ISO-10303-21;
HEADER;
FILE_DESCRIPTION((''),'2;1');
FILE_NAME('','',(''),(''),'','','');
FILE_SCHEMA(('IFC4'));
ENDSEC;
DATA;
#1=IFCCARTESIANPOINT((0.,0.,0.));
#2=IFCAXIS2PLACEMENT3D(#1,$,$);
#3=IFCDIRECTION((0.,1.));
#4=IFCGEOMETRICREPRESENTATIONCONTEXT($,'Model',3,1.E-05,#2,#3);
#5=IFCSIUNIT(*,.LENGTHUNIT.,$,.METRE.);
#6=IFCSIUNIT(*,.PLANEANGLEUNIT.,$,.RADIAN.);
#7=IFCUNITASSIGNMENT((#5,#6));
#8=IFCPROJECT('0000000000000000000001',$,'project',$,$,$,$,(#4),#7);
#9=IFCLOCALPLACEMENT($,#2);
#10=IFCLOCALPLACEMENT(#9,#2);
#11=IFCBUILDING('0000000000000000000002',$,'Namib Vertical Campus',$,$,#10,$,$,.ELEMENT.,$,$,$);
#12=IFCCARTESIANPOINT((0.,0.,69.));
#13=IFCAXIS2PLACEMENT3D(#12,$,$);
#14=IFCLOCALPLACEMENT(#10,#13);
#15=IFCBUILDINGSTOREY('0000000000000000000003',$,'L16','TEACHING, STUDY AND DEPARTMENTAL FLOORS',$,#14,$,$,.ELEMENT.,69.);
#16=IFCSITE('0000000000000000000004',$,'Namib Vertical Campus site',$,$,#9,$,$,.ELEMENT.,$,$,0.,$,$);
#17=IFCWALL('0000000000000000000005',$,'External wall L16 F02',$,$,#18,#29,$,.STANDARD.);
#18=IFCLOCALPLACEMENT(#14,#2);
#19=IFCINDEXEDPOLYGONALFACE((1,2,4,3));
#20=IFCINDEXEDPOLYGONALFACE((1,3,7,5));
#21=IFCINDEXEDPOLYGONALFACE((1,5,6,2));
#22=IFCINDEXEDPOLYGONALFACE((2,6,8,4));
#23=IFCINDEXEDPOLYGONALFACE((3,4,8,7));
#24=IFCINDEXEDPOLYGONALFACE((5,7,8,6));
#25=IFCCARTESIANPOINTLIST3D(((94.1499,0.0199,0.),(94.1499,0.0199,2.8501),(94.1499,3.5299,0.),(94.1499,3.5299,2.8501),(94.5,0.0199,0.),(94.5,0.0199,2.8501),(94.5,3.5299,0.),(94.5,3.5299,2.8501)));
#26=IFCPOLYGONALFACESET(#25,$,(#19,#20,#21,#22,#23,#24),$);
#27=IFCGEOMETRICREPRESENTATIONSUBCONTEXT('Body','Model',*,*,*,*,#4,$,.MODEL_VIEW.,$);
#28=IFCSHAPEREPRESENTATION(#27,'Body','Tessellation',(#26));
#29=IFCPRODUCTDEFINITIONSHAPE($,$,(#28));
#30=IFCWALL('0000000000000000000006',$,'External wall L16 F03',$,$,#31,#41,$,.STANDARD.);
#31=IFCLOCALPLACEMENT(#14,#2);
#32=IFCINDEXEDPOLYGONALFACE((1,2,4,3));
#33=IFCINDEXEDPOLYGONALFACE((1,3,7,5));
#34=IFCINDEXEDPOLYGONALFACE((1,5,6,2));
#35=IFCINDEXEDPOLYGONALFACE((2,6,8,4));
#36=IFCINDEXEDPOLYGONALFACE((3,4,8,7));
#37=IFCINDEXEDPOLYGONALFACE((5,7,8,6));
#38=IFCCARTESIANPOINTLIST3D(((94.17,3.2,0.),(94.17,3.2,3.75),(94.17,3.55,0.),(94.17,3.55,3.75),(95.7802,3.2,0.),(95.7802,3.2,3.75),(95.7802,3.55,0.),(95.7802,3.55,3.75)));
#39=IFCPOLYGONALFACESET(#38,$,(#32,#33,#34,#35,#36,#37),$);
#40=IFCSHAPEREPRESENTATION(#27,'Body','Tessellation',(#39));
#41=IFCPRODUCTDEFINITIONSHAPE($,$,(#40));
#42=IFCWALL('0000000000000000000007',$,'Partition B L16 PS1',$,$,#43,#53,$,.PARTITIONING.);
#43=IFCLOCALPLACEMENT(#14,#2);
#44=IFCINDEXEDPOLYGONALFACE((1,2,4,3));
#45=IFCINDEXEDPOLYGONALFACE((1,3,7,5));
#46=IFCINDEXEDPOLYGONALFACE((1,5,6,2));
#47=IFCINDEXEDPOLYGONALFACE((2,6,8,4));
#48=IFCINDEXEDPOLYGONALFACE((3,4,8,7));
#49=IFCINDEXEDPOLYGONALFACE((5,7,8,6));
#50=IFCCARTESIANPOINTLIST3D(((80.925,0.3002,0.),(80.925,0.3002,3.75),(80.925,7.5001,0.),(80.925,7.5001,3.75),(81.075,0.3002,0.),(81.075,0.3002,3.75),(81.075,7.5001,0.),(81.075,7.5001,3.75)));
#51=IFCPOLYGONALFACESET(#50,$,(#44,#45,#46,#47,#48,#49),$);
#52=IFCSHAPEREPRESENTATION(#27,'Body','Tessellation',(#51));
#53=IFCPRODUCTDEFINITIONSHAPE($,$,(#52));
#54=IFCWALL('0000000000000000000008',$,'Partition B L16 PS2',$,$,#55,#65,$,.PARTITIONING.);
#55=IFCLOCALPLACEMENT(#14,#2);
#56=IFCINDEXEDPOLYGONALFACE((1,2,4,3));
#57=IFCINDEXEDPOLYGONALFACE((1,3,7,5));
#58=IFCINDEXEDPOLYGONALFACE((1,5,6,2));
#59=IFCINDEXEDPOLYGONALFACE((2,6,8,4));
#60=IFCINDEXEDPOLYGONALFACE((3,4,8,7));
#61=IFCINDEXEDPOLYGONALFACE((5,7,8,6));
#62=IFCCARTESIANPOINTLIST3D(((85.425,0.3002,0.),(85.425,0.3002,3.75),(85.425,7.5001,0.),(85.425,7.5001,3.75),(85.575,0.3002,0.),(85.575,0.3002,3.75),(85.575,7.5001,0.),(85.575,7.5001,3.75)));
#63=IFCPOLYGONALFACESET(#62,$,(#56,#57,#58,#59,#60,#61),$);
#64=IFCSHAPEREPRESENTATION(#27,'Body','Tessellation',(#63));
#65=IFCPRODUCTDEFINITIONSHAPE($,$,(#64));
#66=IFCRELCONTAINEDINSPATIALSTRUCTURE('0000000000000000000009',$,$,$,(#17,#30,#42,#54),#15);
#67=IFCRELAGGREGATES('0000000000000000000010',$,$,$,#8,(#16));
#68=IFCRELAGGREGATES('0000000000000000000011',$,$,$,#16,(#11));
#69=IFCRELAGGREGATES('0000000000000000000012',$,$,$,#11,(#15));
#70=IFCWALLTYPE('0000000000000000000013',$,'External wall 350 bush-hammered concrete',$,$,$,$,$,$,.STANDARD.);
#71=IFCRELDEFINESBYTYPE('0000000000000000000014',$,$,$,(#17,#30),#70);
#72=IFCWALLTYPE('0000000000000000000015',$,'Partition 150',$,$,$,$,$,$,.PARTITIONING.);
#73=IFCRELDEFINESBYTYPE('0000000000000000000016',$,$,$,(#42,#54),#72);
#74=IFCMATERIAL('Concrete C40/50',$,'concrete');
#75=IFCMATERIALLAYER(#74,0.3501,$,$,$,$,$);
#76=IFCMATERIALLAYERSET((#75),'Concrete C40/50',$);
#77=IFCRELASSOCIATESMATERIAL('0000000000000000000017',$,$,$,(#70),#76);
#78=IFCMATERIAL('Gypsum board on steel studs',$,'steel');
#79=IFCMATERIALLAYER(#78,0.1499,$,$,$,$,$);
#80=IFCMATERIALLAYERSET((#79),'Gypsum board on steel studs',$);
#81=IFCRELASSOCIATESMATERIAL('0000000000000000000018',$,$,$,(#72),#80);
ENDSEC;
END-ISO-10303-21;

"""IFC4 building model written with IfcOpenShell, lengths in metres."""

from ifc_helpers import new_model, si_unit, direction, frame, frame_2d, origin, place, context, subcontext, project, spatial, rectangle, extrude, material, layer, layer_set, type_object, element, save


model = new_model("IFC4")

# Units and contexts
model_context = context("Model", 3, precision=1e-05, world=origin(), true_north=direction((0.0, 1.0)))
body_context = subcontext(model_context, "Body", "Model", "MODEL_VIEW")
ifc_project = project(units=[si_unit("LENGTHUNIT", "METRE"), si_unit("PLANEANGLEUNIT", "RADIAN")], contexts=[model_context])

# Site, building, storey
site_placement = place(None, origin())
site = spatial("IfcSite", under=ifc_project, at=site_placement, Name="Namib Vertical Campus site", CompositionType="ELEMENT", RefElevation=0.0)
building_placement = place(site_placement, origin())
building = spatial("IfcBuilding", under=site, at=building_placement, Name="Namib Vertical Campus", CompositionType="ELEMENT")
storey_placement = place(building_placement, frame((0.0, 0.0, 69.0)))
storey = spatial("IfcBuildingStorey", under=building, at=storey_placement, Name="L16", Description="TEACHING, STUDY AND DEPARTMENTAL FLOORS", CompositionType="ELEMENT", Elevation=69.0)

# Walls
ifc_material_1 = material(Name="Concrete C40/50", Category="concrete")
ifc_layer_1 = layer(ifc_material_1, 0.3501)
ifc_layer_set_1 = layer_set([ifc_layer_1], Name="Concrete C40/50")
wall_type_1 = type_object("IfcWallType", Name="External wall 350 bush-hammered concrete", PredefinedType="STANDARD", material=ifc_layer_set_1)
wall_1_placement = place(storey_placement, frame((94.325, 0.02, 0.0), z_axis=(0.0, 0.0, 1.0), x_axis=(0.0, 1.0, 0.0)))
element("IfcWall", 1, at=wall_1_placement, inside=storey, type_object=wall_type_1, Name="External wall L16 F02", PredefinedType="STANDARD", context=body_context, shape_type="SweptSolid", body=[
    extrude(rectangle(XDim=3.51, YDim=0.3501, at=frame_2d((1.7549, 0.0))), origin(), (0.0, 0.0, 1.0), 2.8501),
])
wall_2_placement = place(storey_placement, frame((94.1699, 3.375, 0.0), z_axis=(0.0, 0.0, 1.0), x_axis=(1.0, 0.0, 0.0)))
element("IfcWall", 2, at=wall_2_placement, inside=storey, type_object=wall_type_1, Name="External wall L16 F03", PredefinedType="STANDARD", context=body_context, shape_type="SweptSolid", body=[
    extrude(rectangle(XDim=1.6101, YDim=0.3501, at=frame_2d((0.8052, 0.0))), origin(), (0.0, 0.0, 1.0), 3.75),
])
ifc_material_2 = material(Name="Gypsum board on steel studs", Category="steel")
ifc_layer_2 = layer(ifc_material_2, 0.1499)
ifc_layer_set_2 = layer_set([ifc_layer_2], Name="Gypsum board on steel studs")
wall_type_2 = type_object("IfcWallType", Name="Partition 150", PredefinedType="PARTITIONING", material=ifc_layer_set_2)
for number, where, z_axis, x_axis, name in (
    (3, (81.0, 0.3, 0.0), (0.0, 0.0, 1.0), (0.0, 1.0, 0.0), "Partition B L16 PS1"),
    (4, (85.5, 0.3, 0.0), (0.0, 0.0, 1.0), (0.0, 1.0, 0.0), "Partition B L16 PS2"),
):
    element("IfcWall", number, at=place(storey_placement, frame(where, z_axis=z_axis, x_axis=x_axis)), inside=storey, type_object=wall_type_2, Name=name, PredefinedType="PARTITIONING", context=body_context, shape_type="SweptSolid", body=[
        extrude(rectangle(XDim=7.2, YDim=0.1499, at=frame_2d((3.6001, 0.0))), origin(), (0.0, 0.0, 1.0), 3.75),
    ])

save(model, "model.ifc")
